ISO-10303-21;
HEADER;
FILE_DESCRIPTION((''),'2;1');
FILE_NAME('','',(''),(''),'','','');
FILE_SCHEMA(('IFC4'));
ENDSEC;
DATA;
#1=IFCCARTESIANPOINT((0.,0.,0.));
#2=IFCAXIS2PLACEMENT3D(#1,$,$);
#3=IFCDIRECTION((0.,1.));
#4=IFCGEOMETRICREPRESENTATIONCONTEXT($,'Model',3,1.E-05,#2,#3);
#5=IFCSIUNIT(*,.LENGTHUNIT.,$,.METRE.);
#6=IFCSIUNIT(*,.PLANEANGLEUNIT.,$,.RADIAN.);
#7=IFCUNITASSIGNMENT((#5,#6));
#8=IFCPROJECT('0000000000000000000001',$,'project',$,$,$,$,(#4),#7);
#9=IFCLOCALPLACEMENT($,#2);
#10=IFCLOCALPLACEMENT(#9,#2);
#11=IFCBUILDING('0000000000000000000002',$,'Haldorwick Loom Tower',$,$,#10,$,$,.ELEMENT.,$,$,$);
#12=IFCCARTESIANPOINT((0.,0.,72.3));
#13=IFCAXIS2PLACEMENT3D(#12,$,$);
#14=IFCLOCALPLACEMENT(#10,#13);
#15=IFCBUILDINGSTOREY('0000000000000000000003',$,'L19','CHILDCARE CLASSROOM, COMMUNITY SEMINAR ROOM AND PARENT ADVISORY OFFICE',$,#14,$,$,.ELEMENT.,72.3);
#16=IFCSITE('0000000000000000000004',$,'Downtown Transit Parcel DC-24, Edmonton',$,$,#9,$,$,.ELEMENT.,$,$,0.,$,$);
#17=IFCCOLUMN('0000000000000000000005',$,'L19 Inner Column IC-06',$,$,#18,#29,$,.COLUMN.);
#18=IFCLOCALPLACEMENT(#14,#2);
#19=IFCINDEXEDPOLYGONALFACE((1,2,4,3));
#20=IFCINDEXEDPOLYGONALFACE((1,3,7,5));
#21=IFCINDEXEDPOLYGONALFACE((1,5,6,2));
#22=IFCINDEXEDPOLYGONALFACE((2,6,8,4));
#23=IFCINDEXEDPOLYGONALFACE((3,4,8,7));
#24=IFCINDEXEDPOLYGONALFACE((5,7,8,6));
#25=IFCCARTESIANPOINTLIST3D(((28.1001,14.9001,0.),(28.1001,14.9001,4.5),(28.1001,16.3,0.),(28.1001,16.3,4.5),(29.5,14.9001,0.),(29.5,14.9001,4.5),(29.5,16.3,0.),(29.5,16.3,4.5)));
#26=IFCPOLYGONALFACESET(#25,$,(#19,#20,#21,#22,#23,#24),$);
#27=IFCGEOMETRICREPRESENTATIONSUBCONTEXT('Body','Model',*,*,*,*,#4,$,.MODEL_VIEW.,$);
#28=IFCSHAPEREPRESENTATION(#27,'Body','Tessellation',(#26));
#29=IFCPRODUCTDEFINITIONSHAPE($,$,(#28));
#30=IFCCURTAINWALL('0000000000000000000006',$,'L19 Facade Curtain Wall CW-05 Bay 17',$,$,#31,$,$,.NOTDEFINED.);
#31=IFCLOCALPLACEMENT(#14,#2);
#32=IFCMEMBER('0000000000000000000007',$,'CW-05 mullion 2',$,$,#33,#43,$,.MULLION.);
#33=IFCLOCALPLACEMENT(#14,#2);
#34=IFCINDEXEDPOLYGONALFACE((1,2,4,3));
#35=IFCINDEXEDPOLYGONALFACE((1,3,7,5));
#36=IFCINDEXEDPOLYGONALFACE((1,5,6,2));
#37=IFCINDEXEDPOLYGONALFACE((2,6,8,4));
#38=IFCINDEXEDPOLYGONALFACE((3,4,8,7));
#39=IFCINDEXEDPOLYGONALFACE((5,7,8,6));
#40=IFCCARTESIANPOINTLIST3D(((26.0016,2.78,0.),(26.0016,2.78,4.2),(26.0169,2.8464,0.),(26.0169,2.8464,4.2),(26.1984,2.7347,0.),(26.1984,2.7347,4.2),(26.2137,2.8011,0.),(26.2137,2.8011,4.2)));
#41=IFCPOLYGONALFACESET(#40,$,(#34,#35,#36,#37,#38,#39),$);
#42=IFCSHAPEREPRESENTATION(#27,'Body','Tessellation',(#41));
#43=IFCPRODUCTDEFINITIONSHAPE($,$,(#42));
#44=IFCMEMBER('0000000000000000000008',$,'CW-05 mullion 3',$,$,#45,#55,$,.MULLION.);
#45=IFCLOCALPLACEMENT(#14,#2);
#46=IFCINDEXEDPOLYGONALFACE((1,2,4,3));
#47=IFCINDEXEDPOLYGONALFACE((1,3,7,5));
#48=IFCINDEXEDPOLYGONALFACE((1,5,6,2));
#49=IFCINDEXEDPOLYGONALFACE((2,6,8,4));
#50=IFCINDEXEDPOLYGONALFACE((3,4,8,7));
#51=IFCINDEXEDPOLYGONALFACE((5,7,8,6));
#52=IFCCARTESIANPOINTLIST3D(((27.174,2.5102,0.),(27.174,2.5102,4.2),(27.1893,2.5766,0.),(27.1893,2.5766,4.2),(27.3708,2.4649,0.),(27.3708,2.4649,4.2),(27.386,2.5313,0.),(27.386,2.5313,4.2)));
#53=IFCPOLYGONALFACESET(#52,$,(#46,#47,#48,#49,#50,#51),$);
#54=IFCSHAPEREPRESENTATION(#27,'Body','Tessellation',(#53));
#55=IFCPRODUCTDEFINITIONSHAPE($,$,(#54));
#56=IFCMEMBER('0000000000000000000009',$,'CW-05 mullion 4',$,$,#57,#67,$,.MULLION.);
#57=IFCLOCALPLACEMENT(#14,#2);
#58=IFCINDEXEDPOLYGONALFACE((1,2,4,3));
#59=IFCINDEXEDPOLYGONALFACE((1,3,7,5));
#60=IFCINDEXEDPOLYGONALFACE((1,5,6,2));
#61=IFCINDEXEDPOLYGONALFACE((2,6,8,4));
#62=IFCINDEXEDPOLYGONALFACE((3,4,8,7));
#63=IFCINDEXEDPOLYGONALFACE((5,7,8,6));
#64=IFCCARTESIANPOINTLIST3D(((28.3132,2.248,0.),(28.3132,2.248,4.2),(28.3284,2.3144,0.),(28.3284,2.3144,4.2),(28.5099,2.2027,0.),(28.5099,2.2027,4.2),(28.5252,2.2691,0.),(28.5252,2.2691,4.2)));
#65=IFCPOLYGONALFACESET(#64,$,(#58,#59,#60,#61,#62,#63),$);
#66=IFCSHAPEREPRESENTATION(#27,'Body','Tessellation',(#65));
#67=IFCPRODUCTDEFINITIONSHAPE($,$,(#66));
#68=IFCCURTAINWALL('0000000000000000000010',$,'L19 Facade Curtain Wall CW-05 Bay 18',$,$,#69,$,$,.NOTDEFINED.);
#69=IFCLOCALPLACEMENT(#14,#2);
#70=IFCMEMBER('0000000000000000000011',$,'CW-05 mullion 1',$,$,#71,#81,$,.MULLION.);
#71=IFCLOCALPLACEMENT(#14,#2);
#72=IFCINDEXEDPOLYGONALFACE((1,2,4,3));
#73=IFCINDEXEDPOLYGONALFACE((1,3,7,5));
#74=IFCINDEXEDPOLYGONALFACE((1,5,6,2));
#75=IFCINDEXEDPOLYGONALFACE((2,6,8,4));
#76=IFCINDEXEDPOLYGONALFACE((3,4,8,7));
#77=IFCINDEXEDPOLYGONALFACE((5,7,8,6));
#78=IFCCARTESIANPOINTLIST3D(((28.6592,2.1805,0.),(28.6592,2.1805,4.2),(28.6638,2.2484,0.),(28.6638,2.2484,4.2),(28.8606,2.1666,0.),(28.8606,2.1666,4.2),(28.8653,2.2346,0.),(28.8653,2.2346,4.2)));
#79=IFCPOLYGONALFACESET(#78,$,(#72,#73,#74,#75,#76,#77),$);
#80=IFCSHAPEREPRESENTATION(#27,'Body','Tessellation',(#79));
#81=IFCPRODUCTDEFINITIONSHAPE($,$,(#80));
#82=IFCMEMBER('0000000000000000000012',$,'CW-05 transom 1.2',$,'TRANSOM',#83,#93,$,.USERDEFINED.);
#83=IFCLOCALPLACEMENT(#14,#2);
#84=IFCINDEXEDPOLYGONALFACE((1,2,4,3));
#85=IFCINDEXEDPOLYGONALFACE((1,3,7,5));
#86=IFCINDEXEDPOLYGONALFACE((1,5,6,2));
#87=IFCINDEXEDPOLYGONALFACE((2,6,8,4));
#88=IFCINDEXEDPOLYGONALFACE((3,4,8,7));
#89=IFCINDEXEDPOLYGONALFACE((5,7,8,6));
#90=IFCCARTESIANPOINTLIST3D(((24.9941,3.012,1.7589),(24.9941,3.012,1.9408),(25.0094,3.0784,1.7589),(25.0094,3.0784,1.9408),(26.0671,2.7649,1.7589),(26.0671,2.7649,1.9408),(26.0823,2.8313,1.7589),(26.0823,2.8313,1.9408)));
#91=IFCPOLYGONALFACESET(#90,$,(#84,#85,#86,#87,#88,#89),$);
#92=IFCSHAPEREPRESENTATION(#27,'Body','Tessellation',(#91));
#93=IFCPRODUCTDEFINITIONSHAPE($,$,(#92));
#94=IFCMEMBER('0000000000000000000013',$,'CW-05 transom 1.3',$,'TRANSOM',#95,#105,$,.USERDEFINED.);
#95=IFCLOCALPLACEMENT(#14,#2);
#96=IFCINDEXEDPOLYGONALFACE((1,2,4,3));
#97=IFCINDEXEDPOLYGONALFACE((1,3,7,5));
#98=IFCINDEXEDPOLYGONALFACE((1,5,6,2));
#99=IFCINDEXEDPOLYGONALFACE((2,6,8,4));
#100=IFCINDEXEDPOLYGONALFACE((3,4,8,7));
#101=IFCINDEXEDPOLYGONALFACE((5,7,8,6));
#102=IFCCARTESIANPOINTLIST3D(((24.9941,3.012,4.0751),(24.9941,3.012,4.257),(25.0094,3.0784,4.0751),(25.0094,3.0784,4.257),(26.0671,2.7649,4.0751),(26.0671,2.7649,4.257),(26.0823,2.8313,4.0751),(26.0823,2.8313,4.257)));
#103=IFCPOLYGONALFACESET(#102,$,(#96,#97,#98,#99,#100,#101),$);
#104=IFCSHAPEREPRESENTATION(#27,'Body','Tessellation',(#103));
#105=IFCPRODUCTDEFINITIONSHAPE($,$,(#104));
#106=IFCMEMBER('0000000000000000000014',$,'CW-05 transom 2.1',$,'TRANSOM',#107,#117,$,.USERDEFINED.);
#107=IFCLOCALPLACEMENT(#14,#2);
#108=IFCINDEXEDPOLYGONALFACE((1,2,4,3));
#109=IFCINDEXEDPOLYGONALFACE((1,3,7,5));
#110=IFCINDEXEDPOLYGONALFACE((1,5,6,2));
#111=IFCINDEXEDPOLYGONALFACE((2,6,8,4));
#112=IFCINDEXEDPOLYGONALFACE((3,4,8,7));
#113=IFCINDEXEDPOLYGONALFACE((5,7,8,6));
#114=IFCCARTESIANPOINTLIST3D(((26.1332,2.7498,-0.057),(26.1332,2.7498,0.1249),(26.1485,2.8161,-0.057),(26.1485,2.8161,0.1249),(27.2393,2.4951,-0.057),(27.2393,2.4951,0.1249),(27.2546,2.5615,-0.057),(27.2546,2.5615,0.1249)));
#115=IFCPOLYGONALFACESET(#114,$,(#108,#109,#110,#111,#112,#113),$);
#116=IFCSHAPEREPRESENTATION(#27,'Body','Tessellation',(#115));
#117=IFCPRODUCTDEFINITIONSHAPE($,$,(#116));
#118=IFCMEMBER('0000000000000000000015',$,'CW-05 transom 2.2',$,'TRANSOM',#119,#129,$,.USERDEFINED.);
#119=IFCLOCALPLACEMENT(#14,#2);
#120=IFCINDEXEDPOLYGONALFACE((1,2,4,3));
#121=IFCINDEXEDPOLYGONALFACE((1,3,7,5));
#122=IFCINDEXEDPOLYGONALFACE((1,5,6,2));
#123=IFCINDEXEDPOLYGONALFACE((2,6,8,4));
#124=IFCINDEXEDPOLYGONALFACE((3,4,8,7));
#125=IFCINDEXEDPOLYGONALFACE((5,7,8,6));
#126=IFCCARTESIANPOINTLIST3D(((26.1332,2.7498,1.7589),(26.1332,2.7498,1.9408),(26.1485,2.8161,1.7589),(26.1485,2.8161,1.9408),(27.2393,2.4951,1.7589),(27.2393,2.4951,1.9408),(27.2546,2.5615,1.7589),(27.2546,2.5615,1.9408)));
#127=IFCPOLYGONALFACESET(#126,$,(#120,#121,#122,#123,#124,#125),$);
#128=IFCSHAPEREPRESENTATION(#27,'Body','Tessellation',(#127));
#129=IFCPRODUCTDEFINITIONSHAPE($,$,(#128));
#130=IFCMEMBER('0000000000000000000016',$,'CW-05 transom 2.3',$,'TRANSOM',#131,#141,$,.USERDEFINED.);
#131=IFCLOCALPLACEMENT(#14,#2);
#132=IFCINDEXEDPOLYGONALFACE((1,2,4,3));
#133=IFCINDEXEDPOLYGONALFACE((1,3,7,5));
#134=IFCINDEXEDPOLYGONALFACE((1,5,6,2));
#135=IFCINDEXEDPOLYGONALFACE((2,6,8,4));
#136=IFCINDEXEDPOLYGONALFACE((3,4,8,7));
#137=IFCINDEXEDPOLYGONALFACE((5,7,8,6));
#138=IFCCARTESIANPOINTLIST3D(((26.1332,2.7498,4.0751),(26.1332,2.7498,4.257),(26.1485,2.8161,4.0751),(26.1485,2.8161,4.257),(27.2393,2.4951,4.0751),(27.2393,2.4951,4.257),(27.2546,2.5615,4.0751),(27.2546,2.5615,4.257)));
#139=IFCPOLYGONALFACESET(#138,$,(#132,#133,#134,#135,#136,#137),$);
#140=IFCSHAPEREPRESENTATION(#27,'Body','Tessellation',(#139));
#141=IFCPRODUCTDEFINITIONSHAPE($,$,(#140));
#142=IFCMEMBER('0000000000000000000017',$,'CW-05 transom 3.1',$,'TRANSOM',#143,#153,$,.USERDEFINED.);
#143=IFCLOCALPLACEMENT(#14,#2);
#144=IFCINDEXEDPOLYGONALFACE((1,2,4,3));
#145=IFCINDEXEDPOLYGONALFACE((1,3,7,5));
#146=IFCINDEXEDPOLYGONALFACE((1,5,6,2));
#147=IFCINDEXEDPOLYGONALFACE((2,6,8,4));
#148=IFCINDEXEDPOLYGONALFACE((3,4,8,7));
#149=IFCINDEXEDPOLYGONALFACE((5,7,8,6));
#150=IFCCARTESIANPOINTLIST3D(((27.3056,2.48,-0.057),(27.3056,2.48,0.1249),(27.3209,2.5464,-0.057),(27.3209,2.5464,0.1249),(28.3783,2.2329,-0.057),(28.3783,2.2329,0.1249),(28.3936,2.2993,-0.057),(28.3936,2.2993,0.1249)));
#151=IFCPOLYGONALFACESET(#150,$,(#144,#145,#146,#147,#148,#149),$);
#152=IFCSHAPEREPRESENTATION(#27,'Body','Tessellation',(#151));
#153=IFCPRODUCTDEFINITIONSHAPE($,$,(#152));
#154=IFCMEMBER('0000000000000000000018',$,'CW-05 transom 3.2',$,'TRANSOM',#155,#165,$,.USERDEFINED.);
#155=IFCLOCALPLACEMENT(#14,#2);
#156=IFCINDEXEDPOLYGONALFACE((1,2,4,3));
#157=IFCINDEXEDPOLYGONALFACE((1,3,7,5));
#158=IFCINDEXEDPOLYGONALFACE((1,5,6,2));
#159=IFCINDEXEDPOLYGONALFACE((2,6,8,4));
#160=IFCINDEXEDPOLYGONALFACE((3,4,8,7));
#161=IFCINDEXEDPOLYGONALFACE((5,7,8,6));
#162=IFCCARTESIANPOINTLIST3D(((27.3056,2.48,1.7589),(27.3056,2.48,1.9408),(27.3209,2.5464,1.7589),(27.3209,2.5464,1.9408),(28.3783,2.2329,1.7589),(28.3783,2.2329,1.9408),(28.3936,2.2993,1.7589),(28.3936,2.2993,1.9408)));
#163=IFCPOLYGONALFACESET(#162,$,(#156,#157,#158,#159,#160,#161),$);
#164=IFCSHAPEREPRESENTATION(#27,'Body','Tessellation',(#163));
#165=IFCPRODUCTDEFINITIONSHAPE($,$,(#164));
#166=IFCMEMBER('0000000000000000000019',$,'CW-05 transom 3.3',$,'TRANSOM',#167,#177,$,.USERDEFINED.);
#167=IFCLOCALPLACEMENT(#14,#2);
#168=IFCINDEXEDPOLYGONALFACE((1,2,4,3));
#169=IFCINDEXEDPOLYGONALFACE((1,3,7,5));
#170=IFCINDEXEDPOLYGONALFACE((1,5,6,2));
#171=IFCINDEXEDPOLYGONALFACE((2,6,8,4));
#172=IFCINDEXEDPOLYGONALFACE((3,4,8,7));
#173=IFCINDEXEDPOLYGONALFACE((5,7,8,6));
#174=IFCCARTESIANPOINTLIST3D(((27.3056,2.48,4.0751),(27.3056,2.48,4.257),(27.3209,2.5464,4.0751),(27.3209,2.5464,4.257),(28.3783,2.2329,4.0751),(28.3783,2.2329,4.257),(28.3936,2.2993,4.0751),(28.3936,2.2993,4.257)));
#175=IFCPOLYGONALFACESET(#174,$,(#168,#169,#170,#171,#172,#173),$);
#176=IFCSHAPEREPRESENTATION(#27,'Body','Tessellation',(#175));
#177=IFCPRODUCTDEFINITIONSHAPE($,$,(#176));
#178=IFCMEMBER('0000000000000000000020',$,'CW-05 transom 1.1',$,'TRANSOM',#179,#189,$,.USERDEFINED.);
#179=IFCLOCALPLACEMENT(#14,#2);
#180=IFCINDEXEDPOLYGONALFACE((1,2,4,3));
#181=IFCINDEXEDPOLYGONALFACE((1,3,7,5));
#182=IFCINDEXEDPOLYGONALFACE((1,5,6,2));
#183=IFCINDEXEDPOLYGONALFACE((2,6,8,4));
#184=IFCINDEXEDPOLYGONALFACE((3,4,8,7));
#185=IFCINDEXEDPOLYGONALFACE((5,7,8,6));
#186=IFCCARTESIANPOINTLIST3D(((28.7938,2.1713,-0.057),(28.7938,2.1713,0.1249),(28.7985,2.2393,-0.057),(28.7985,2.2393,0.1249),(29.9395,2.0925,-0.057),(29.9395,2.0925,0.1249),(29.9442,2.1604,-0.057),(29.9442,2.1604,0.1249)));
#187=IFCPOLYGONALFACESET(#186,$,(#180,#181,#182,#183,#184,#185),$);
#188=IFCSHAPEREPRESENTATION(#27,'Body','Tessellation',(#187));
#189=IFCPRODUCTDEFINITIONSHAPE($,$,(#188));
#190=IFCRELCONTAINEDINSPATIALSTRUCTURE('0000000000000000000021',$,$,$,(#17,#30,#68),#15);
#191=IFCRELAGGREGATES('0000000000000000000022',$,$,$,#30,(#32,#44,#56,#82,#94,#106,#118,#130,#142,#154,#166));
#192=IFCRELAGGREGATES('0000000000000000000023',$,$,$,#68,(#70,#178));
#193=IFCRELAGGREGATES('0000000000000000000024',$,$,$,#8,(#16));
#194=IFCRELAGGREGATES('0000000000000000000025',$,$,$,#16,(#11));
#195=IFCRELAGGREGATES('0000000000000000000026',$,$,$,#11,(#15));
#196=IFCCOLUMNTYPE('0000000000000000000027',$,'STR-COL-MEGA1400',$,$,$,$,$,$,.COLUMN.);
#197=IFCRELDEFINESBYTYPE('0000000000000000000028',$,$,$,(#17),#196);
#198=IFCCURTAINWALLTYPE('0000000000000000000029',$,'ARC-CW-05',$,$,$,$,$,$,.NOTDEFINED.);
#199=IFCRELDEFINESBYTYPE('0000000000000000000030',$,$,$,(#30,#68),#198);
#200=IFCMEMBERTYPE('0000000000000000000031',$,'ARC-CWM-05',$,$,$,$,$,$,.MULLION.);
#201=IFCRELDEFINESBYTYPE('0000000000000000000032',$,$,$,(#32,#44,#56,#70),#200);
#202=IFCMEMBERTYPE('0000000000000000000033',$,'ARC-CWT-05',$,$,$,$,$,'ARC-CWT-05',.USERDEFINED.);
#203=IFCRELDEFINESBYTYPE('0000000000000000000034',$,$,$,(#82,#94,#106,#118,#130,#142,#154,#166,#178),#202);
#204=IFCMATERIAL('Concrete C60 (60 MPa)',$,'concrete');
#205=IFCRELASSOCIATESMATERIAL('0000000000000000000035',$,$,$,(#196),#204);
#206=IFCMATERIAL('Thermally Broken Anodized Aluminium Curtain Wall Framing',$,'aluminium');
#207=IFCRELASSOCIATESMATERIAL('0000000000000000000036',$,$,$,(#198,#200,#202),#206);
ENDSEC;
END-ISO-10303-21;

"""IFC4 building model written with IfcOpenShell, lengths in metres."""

from ifc_helpers import new_model, si_unit, direction, frame, origin, origin_2d, place, context, subcontext, project, spatial, rectangle, extrude, material, material_profile, profile_set, type_object, element, aggregate, save


model = new_model("IFC4")

# Units and contexts
model_context = context("Model", 3, precision=1e-05, world=origin(), true_north=direction((0.0, 1.0)))
body_context = subcontext(model_context, "Body", "Model", "MODEL_VIEW")
ifc_project = project(units=[si_unit("LENGTHUNIT", "METRE"), si_unit("PLANEANGLEUNIT", "RADIAN")], contexts=[model_context])

# Site, building, storey
site_placement = place(None, origin())
site = spatial("IfcSite", under=ifc_project, at=site_placement, Name="Downtown Transit Parcel DC-24, Edmonton", CompositionType="ELEMENT", RefElevation=0.0)
building_placement = place(site_placement, origin())
building = spatial("IfcBuilding", under=site, at=building_placement, Name="Haldorwick Loom Tower", CompositionType="ELEMENT")
storey_placement = place(building_placement, frame((0.0, 0.0, 72.3)))
storey = spatial("IfcBuildingStorey", under=building, at=storey_placement, Name="L19", Description="CHILDCARE CLASSROOM, COMMUNITY SEMINAR ROOM AND PARENT ADVISORY OFFICE", CompositionType="ELEMENT", Elevation=72.3)

# Column
ifc_material_1 = material(Name="Concrete C60 (60 MPa)", Category="concrete")
ifc_material_profile_1 = material_profile(ifc_material_1, rectangle(XDim=1.3999, YDim=1.3999, at=origin_2d()), Name="RC1400X1400", Category="concrete")
ifc_profile_set_1 = profile_set([ifc_material_profile_1], Name="Concrete C60 (60 MPa)")
column_type = type_object("IfcColumnType", Name="STR-COL-MEGA1400", PredefinedType="COLUMN", material=ifc_profile_set_1)
column_placement = place(storey_placement, frame((28.8, 15.6001, 0.0), z_axis=(0.0, 0.0, 1.0), x_axis=(1.0, 0.0, 0.0)))
element("IfcColumn", 1, at=column_placement, inside=storey, type_object=column_type, Name="L19 Inner Column IC-06", PredefinedType="COLUMN", context=body_context, shape_type="SweptSolid", body=[
    extrude(rectangle(XDim=1.3999, YDim=1.3999, at=origin_2d()), origin(), (0.0, 0.0, 1.0), 4.5),
])

# Curtain wall, members
ifc_material_2 = material(Name="Thermally Broken Anodized Aluminium Curtain Wall Framing", Category="aluminium")
curtain_wall_type = type_object("IfcCurtainWallType", Name="ARC-CW-05", PredefinedType="NOTDEFINED", material=ifc_material_2)
curtain_wall_1_placement = place(storey_placement, origin())
curtain_wall_1 = element("IfcCurtainWall", 2, at=curtain_wall_1_placement, inside=storey, type_object=curtain_wall_type, Name="L19 Facade Curtain Wall CW-05 Bay 17", PredefinedType="NOTDEFINED")
ifc_material_profile_2 = material_profile(ifc_material_2, rectangle(XDim=0.0681, YDim=0.2019, at=origin_2d()), Name="ALU_MUL_68X202", Category="aluminium")
ifc_profile_set_2 = profile_set([ifc_material_profile_2], Name="Thermally Broken Anodized Aluminium Curtain Wall Framing")
member_type_1 = type_object("IfcMemberType", Name="ARC-CWM-05", PredefinedType="MULLION", material=ifc_profile_set_2)
member_1_placement = place(storey_placement, frame((26.1077, 2.7905, 0.0), z_axis=(0.0, 0.0, 1.0), x_axis=(0.224289, 0.974523, 0.0)))
member_1 = element("IfcMember", 3, at=member_1_placement, type_object=member_type_1, Name="CW-05 mullion 2", PredefinedType="MULLION", context=body_context, shape_type="SweptSolid", body=[
    extrude(rectangle(XDim=0.0681, YDim=0.2019, at=origin_2d()), origin(), (0.0, 0.0, 1.0), 4.2),
])
member_2_placement = place(storey_placement, frame((27.28, 2.5208, 0.0), z_axis=(0.0, 0.0, 1.0), x_axis=(0.224289, 0.974523, 0.0)))
member_2 = element("IfcMember", 4, at=member_2_placement, type_object=member_type_1, Name="CW-05 mullion 3", PredefinedType="MULLION", context=body_context, shape_type="SweptSolid", body=[
    extrude(rectangle(XDim=0.0681, YDim=0.2019, at=origin_2d()), origin(), (0.0, 0.0, 1.0), 4.2),
])
member_3_placement = place(storey_placement, frame((28.4192, 2.2585, 0.0), z_axis=(0.0, 0.0, 1.0), x_axis=(0.224289, 0.974523, 0.0)))
member_3 = element("IfcMember", 5, at=member_3_placement, type_object=member_type_1, Name="CW-05 mullion 4", PredefinedType="MULLION", context=body_context, shape_type="SweptSolid", body=[
    extrude(rectangle(XDim=0.0681, YDim=0.2019, at=origin_2d()), origin(), (0.0, 0.0, 1.0), 4.2),
])

# Curtain wall, member
curtain_wall_2_placement = place(storey_placement, origin())
curtain_wall_2 = element("IfcCurtainWall", 6, at=curtain_wall_2_placement, inside=storey, type_object=curtain_wall_type, Name="L19 Facade Curtain Wall CW-05 Bay 18", PredefinedType="NOTDEFINED")
member_4_placement = place(storey_placement, frame((28.7622, 2.2075, 0.0), z_axis=(0.0, 0.0, 1.0), x_axis=(0.068589, 0.997645, 0.0)))
member_4 = element("IfcMember", 7, at=member_4_placement, type_object=member_type_1, Name="CW-05 mullion 1", PredefinedType="MULLION", context=body_context, shape_type="SweptSolid", body=[
    extrude(rectangle(XDim=0.0681, YDim=0.2019, at=origin_2d()), origin(), (0.0, 0.0, 1.0), 4.2),
])

# Members
ifc_material_profile_3 = material_profile(ifc_material_2, rectangle(XDim=0.0681, YDim=0.1819, at=origin_2d()), Name="ALU_TRN_68X182", Category="aluminium")
ifc_profile_set_3 = profile_set([ifc_material_profile_3], Name="Thermally Broken Anodized Aluminium Curtain Wall Framing")
member_type_2 = type_object("IfcMemberType", Name="ARC-CWT-05", ElementType="ARC-CWT-05", PredefinedType="USERDEFINED", material=ifc_profile_set_3)
member_5_placement = place(storey_placement, frame((25.0017, 3.0452, 1.8499), z_axis=(0.974499, -0.22439, 0.0), x_axis=(0.22439, 0.974499, 0.0)))
member_5 = element("IfcMember", 8, at=member_5_placement, type_object=member_type_2, Name="CW-05 transom 1.2", ObjectType="TRANSOM", PredefinedType="USERDEFINED", context=body_context, shape_type="SweptSolid", body=[
    extrude(rectangle(XDim=0.0681, YDim=0.1819, at=origin_2d()), origin(), (0.0, 0.0, 1.0), 1.1011),
])
member_6_placement = place(storey_placement, frame((25.0017, 3.0452, 4.166), z_axis=(0.974499, -0.22439, 0.0), x_axis=(0.22439, 0.974499, 0.0)))
member_6 = element("IfcMember", 9, at=member_6_placement, type_object=member_type_2, Name="CW-05 transom 1.3", ObjectType="TRANSOM", PredefinedType="USERDEFINED", context=body_context, shape_type="SweptSolid", body=[
    extrude(rectangle(XDim=0.0681, YDim=0.1819, at=origin_2d()), origin(), (0.0, 0.0, 1.0), 1.1011),
])
member_7_placement = place(storey_placement, frame((26.1409, 2.783, 0.0339), z_axis=(0.974503, -0.224372, 0.0), x_axis=(0.224372, 0.974503, 0.0)))
member_7 = element("IfcMember", 10, at=member_7_placement, type_object=member_type_2, Name="CW-05 transom 2.1", ObjectType="TRANSOM", PredefinedType="USERDEFINED", context=body_context, shape_type="SweptSolid", body=[
    extrude(rectangle(XDim=0.0681, YDim=0.1819, at=origin_2d()), origin(), (0.0, 0.0, 1.0), 1.135),
])
member_8_placement = place(storey_placement, frame((26.1409, 2.783, 1.8499), z_axis=(0.974503, -0.224372, 0.0), x_axis=(0.224372, 0.974503, 0.0)))
member_8 = element("IfcMember", 11, at=member_8_placement, type_object=member_type_2, Name="CW-05 transom 2.2", ObjectType="TRANSOM", PredefinedType="USERDEFINED", context=body_context, shape_type="SweptSolid", body=[
    extrude(rectangle(XDim=0.0681, YDim=0.1819, at=origin_2d()), origin(), (0.0, 0.0, 1.0), 1.135),
])
member_9_placement = place(storey_placement, frame((26.1409, 2.783, 4.166), z_axis=(0.974503, -0.224372, 0.0), x_axis=(0.224372, 0.974503, 0.0)))
member_9 = element("IfcMember", 12, at=member_9_placement, type_object=member_type_2, Name="CW-05 transom 2.3", ObjectType="TRANSOM", PredefinedType="USERDEFINED", context=body_context, shape_type="SweptSolid", body=[
    extrude(rectangle(XDim=0.0681, YDim=0.1819, at=origin_2d()), origin(), (0.0, 0.0, 1.0), 1.135),
])
member_10_placement = place(storey_placement, frame((27.3132, 2.5132, 0.0339), z_axis=(0.974488, -0.224438, 0.0), x_axis=(0.224438, 0.974488, 0.0)))
member_10 = element("IfcMember", 13, at=member_10_placement, type_object=member_type_2, Name="CW-05 transom 3.1", ObjectType="TRANSOM", PredefinedType="USERDEFINED", context=body_context, shape_type="SweptSolid", body=[
    extrude(rectangle(XDim=0.0681, YDim=0.1819, at=origin_2d()), origin(), (0.0, 0.0, 1.0), 1.1008),
])
member_11_placement = place(storey_placement, frame((27.3132, 2.5132, 1.8499), z_axis=(0.974488, -0.224438, 0.0), x_axis=(0.224438, 0.974488, 0.0)))
member_11 = element("IfcMember", 14, at=member_11_placement, type_object=member_type_2, Name="CW-05 transom 3.2", ObjectType="TRANSOM", PredefinedType="USERDEFINED", context=body_context, shape_type="SweptSolid", body=[
    extrude(rectangle(XDim=0.0681, YDim=0.1819, at=origin_2d()), origin(), (0.0, 0.0, 1.0), 1.1008),
])
member_12_placement = place(storey_placement, frame((27.3132, 2.5132, 4.166), z_axis=(0.974488, -0.224438, 0.0), x_axis=(0.224438, 0.974488, 0.0)))
member_12 = element("IfcMember", 15, at=member_12_placement, type_object=member_type_2, Name="CW-05 transom 3.3", ObjectType="TRANSOM", PredefinedType="USERDEFINED", context=body_context, shape_type="SweptSolid", body=[
    extrude(rectangle(XDim=0.0681, YDim=0.1819, at=origin_2d()), origin(), (0.0, 0.0, 1.0), 1.1008),
])
member_13_placement = place(storey_placement, frame((28.7961, 2.2053, 0.0339), z_axis=(0.99764, -0.068663, 0.0), x_axis=(0.068663, 0.99764, 0.0)))
member_13 = element("IfcMember", 16, at=member_13_placement, type_object=member_type_2, Name="CW-05 transom 1.1", ObjectType="TRANSOM", PredefinedType="USERDEFINED", context=body_context, shape_type="SweptSolid", body=[
    extrude(rectangle(XDim=0.0681, YDim=0.1819, at=origin_2d()), origin(), (0.0, 0.0, 1.0), 1.1484),
])

aggregate(curtain_wall_1, [member_1, member_2, member_3, member_5, member_6, member_7, member_8, member_9, member_10, member_11, member_12])
aggregate(curtain_wall_2, [member_4, member_13])

save(model, "model.ifc")
